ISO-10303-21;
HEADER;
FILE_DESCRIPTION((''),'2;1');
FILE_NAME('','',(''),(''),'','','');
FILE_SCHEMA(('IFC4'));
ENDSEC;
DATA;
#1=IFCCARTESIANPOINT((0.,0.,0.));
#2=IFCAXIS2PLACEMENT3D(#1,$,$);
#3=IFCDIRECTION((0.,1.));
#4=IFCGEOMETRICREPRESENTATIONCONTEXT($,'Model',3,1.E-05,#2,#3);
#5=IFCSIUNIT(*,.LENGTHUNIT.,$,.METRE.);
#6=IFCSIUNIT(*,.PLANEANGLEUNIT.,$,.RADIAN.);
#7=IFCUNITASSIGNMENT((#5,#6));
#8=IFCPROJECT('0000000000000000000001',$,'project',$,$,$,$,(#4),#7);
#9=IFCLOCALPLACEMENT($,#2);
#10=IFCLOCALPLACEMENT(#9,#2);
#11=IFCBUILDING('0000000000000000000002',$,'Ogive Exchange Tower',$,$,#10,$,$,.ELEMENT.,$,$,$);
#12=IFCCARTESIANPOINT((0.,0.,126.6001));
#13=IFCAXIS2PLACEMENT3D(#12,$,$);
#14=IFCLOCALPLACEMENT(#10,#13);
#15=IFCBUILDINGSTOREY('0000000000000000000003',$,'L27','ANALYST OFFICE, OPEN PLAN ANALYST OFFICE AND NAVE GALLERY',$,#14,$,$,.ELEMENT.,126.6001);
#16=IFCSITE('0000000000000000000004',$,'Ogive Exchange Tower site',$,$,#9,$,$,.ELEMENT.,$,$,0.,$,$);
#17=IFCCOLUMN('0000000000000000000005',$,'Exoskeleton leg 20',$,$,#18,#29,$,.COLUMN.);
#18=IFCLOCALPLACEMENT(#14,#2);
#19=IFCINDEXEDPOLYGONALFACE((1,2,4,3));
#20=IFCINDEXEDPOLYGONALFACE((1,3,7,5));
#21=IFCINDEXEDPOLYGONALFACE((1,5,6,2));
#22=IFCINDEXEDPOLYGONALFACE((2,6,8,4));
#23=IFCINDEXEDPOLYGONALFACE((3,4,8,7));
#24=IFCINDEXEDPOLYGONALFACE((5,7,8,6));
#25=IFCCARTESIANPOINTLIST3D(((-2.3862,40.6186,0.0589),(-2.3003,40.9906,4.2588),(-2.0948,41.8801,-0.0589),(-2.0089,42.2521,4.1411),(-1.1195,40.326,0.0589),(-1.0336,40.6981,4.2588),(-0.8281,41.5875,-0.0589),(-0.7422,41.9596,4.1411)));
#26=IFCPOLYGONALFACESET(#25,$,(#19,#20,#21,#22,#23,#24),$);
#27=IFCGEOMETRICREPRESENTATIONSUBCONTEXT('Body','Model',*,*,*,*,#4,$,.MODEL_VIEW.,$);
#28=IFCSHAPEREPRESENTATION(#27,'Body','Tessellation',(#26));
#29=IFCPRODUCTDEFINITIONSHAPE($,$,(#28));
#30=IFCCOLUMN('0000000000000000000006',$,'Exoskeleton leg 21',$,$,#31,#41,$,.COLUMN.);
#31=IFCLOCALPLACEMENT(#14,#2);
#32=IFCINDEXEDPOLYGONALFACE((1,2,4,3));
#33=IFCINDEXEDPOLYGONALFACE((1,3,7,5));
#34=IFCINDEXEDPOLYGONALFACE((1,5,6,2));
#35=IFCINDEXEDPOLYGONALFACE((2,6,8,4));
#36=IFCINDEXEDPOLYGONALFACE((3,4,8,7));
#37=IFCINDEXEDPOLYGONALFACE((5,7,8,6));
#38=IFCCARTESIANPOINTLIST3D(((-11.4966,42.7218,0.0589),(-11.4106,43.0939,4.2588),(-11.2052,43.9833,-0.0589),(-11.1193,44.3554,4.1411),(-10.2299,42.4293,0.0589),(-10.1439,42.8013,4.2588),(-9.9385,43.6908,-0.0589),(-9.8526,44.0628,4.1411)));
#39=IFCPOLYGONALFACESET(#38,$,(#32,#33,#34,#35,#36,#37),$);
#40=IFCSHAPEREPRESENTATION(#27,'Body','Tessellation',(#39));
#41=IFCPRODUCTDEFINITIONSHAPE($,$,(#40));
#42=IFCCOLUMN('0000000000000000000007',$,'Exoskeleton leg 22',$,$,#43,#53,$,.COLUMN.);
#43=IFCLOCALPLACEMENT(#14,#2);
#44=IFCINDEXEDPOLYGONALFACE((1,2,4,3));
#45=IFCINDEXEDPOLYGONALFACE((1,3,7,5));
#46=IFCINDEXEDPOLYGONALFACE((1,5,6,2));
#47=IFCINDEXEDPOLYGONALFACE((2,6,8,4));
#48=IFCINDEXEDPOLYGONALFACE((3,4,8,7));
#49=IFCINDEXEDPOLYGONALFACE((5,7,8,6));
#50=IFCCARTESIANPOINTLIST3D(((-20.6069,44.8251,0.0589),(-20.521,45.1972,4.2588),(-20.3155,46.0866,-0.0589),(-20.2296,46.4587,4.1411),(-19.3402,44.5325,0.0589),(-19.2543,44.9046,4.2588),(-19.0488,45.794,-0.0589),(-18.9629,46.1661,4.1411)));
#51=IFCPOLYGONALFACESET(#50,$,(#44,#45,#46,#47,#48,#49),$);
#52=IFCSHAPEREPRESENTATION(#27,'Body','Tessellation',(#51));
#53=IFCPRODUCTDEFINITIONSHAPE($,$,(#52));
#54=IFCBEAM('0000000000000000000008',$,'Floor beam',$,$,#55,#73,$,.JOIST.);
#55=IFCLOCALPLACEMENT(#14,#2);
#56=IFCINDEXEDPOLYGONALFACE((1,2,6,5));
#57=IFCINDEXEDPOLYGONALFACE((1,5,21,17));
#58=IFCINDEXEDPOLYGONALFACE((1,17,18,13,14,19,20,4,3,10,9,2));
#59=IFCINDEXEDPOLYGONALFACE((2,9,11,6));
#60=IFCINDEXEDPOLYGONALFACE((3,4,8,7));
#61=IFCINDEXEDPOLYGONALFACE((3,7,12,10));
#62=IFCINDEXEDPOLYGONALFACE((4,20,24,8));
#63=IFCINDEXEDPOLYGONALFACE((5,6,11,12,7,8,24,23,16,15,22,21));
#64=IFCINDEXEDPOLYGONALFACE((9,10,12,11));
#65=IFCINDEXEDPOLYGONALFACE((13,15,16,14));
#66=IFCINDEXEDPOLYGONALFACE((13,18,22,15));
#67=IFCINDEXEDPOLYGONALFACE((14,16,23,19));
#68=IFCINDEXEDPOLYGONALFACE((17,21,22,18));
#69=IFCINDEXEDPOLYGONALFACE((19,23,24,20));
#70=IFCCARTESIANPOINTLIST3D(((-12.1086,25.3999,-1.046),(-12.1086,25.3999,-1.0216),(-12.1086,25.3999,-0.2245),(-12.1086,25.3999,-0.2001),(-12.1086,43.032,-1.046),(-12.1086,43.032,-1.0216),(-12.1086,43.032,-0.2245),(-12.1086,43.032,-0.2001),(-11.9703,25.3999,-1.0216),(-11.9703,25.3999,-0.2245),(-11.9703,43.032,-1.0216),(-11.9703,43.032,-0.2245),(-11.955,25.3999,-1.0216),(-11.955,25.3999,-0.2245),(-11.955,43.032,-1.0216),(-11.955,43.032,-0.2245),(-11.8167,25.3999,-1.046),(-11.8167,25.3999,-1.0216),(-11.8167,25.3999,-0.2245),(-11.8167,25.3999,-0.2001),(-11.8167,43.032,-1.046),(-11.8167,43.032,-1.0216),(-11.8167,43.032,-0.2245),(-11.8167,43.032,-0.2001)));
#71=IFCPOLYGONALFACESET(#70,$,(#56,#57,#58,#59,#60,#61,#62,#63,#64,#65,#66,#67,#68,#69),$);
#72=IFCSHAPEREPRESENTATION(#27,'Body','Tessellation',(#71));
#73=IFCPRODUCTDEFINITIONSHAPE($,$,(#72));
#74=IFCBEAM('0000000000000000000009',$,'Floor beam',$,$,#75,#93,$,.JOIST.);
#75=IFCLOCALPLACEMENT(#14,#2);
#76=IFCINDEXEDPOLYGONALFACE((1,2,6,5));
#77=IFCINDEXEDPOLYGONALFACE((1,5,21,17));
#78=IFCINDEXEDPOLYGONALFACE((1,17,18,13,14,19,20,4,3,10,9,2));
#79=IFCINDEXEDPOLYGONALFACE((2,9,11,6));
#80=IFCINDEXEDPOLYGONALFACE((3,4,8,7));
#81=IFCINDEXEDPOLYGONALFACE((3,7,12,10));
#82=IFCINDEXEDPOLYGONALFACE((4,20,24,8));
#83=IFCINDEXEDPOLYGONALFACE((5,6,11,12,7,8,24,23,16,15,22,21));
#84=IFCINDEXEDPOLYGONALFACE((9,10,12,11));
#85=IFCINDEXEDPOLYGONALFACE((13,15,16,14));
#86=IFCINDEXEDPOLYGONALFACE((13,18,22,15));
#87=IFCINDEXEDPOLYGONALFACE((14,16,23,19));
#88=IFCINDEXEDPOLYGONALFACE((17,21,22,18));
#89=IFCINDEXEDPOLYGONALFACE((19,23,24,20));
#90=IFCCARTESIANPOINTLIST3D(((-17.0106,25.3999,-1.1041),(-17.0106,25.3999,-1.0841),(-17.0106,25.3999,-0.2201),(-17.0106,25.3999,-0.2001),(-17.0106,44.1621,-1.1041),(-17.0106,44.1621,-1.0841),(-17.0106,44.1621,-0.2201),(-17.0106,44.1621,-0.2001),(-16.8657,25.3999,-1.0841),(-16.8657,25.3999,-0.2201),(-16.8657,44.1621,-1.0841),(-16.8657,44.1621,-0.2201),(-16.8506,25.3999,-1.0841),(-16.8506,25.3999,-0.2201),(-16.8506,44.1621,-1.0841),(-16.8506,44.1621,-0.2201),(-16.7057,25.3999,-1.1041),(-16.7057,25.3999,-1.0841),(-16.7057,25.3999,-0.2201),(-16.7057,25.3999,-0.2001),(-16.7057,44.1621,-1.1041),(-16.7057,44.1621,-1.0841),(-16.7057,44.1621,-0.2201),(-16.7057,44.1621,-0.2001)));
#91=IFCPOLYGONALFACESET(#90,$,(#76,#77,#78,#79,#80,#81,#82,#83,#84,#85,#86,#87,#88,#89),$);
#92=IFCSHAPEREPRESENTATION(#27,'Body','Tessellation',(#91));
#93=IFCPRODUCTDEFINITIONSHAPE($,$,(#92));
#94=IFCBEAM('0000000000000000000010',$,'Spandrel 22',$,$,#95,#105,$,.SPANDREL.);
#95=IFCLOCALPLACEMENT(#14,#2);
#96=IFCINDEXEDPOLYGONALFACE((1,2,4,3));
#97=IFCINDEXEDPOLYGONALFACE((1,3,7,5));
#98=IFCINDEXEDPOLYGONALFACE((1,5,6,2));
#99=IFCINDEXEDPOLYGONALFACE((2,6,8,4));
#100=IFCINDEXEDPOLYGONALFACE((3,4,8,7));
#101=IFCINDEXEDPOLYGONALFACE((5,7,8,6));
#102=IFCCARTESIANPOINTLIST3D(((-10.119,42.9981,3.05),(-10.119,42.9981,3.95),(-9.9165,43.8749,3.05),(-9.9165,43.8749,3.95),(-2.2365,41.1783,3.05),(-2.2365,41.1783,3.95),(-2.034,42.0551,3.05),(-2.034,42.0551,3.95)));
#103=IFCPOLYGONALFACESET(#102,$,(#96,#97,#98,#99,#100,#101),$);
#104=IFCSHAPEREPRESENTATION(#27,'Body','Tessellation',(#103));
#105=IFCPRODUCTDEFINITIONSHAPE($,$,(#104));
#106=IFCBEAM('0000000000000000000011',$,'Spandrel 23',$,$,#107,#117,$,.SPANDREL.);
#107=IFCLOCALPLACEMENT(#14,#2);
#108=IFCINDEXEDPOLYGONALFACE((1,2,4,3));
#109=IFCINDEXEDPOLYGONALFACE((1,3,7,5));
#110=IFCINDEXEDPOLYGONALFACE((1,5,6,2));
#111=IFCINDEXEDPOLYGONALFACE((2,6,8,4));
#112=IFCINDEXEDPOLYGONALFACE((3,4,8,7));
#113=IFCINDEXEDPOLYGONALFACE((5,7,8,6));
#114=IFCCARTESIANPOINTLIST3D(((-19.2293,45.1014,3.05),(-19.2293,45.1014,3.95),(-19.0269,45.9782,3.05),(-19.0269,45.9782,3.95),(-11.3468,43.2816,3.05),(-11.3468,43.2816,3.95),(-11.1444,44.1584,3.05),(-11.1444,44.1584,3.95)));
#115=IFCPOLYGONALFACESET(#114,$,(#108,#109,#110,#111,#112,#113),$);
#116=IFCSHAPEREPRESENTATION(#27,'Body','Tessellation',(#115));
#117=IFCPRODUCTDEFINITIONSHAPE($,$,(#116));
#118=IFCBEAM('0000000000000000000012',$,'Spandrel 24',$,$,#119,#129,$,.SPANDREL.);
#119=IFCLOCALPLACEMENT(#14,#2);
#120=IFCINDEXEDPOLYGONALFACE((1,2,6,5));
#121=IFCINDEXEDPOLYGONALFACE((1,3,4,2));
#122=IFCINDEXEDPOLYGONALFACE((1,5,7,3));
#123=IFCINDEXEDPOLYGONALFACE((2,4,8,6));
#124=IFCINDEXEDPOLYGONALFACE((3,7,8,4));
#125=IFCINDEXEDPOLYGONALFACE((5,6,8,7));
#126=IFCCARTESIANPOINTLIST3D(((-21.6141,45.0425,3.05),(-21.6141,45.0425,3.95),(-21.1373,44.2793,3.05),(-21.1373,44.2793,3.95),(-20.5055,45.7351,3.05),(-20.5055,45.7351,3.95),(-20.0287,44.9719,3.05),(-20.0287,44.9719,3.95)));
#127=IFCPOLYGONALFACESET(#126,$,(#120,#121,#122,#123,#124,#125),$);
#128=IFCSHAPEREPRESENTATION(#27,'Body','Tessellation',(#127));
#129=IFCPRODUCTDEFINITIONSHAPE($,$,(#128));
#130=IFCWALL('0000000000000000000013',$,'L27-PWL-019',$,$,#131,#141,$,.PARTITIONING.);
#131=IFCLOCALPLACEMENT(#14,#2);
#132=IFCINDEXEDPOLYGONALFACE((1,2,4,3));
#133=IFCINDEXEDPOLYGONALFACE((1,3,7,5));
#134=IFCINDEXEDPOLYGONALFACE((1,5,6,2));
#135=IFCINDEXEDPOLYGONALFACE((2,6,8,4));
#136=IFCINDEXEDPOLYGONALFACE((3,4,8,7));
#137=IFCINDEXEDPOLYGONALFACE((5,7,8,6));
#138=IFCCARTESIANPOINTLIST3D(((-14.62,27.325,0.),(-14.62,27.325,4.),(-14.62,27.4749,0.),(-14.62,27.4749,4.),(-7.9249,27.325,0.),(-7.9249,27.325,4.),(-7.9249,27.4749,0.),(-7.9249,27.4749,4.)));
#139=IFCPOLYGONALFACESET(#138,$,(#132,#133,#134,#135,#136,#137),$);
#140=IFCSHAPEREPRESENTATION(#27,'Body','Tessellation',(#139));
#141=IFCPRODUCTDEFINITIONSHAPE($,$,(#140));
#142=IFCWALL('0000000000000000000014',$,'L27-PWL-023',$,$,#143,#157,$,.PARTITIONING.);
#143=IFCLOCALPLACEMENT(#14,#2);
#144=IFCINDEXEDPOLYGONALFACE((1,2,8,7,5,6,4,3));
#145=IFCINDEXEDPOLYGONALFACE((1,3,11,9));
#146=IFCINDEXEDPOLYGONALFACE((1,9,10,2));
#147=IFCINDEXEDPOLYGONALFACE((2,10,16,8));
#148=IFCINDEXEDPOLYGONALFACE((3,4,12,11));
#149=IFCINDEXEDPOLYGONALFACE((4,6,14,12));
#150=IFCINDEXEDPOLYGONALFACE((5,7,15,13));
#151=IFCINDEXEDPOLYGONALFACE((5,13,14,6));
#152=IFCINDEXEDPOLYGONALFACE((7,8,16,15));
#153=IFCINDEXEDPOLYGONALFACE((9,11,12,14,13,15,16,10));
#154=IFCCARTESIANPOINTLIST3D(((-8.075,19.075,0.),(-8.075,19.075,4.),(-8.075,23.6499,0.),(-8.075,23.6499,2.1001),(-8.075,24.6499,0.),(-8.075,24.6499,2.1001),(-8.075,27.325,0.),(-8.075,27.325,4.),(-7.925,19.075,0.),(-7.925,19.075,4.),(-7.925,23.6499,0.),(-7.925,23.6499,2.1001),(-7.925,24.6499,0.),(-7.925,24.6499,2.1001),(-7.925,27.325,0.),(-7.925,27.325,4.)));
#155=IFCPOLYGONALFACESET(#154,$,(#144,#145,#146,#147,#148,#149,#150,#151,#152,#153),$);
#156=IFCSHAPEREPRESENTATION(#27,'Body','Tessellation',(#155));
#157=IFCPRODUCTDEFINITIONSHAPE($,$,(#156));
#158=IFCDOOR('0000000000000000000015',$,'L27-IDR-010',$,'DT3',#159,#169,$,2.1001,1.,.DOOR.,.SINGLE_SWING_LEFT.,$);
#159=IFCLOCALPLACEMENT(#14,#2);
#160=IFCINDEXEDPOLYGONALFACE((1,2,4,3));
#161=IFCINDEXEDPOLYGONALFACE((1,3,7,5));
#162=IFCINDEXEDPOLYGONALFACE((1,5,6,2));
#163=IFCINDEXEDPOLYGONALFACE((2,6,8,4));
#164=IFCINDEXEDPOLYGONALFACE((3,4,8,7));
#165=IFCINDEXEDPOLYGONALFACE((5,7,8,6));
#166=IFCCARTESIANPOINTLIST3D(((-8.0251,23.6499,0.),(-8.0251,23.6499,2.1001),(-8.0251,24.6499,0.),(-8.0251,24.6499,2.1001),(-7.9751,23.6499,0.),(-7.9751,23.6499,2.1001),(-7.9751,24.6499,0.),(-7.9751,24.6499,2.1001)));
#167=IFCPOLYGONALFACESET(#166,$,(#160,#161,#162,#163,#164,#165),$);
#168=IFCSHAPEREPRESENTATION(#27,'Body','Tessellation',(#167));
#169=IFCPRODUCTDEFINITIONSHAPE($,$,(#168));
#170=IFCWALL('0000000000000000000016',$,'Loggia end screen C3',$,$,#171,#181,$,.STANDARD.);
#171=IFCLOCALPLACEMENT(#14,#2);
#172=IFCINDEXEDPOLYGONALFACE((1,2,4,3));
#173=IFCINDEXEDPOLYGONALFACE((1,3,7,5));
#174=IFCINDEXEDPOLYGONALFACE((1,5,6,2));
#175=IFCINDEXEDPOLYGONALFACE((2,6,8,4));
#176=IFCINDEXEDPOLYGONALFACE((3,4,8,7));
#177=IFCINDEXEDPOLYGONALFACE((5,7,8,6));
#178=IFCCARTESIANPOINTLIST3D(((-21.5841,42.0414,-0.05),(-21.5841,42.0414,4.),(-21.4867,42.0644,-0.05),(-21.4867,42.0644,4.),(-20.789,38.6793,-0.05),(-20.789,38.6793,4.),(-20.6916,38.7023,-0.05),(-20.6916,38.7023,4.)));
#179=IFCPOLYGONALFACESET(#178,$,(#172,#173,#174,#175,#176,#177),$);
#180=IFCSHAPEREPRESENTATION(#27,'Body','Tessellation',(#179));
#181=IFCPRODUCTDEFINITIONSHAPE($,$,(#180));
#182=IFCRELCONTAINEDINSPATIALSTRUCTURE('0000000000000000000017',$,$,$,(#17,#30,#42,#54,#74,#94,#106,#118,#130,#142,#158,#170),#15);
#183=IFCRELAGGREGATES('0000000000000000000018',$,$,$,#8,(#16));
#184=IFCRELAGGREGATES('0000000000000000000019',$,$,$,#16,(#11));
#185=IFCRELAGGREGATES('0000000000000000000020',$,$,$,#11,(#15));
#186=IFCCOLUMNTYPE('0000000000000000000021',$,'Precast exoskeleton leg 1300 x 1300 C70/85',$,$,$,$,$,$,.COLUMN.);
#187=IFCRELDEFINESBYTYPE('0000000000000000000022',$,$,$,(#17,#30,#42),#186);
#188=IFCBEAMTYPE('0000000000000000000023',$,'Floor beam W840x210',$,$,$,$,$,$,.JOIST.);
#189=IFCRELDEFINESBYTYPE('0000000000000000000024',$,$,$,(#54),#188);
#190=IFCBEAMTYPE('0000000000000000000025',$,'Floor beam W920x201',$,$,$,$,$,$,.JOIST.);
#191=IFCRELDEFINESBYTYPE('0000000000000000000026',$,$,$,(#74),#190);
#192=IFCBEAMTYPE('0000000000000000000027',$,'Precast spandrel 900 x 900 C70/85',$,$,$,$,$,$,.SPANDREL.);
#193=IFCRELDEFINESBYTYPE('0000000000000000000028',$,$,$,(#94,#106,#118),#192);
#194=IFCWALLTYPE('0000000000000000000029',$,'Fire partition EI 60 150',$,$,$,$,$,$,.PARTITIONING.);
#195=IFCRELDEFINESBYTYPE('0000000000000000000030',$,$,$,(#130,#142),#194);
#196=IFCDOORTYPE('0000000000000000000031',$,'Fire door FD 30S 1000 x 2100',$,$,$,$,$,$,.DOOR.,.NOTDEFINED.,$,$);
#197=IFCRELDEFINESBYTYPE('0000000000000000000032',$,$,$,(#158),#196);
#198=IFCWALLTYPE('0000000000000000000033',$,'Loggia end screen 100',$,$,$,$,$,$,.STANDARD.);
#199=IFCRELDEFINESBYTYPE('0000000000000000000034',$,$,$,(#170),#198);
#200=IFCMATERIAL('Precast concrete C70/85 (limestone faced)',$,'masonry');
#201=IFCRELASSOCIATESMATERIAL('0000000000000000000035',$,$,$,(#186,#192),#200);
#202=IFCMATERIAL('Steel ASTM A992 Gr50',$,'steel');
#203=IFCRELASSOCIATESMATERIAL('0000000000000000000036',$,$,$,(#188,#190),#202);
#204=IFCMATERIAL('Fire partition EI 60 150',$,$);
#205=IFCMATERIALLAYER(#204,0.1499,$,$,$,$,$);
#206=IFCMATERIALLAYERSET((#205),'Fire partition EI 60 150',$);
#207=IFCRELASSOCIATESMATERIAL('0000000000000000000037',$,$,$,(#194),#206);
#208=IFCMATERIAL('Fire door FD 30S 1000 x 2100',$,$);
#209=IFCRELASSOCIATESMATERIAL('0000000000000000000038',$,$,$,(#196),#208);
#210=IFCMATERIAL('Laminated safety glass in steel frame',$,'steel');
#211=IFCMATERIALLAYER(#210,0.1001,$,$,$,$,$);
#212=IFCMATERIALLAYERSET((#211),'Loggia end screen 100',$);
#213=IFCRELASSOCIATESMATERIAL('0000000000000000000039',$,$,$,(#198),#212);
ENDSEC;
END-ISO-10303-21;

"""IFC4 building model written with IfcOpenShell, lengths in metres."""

from ifc_helpers import new_model, si_unit, direction, frame, frame_2d, origin, origin_2d, place, context, subcontext, project, spatial, rectangle, i_section, extrude, material, layer, layer_set, material_profile, profile_set, type_object, element, fill, save


model = new_model("IFC4")

# Units and contexts
model_context = context("Model", 3, precision=1e-05, world=origin(), true_north=direction((0.0, 1.0)))
body_context = subcontext(model_context, "Body", "Model", "MODEL_VIEW")
ifc_project = project(units=[si_unit("LENGTHUNIT", "METRE"), si_unit("PLANEANGLEUNIT", "RADIAN")], contexts=[model_context])

# Site, building, storey
site_placement = place(None, origin())
site = spatial("IfcSite", under=ifc_project, at=site_placement, Name="Ogive Exchange Tower site", CompositionType="ELEMENT", RefElevation=0.0)
building_placement = place(site_placement, origin())
building = spatial("IfcBuilding", under=site, at=building_placement, Name="Ogive Exchange Tower", CompositionType="ELEMENT")
storey_placement = place(building_placement, frame((0.0, 0.0, 126.6001)))
storey = spatial("IfcBuildingStorey", under=building, at=storey_placement, Name="L27", Description="ANALYST OFFICE, OPEN PLAN ANALYST OFFICE AND NAVE GALLERY", CompositionType="ELEMENT", Elevation=126.6001)

# Columns
ifc_material_1 = material(Name="Precast concrete C70/85 (limestone faced)", Category="masonry")
ifc_material_profile_1 = material_profile(ifc_material_1, rectangle(XDim=1.3, YDim=1.3, at=origin_2d()), Name="1300 x 1300")
ifc_profile_set_1 = profile_set([ifc_material_profile_1], Name="Precast concrete C70/85 (limestone faced)")
column_type = type_object("IfcColumnType", Name="Precast exoskeleton leg 1300 x 1300 C70/85", PredefinedType="COLUMN", material=ifc_profile_set_1)
for number, where, z_axis, x_axis, name in (
    (1, (-1.6072, 41.103, 0.0), (0.020377, 0.088225, 0.995892), (-0.974348, 0.225046, 0.0), "Exoskeleton leg 20"),
    (2, (-10.7175, 43.2063, 0.0), (0.020377, 0.088225, 0.995892), (-0.974348, 0.225046, 0.0), "Exoskeleton leg 21"),
    (3, (-19.8279, 45.3096, 0.0), (0.020377, 0.088225, 0.995892), (-0.974348, 0.225046, 0.0), "Exoskeleton leg 22"),
):
    element("IfcColumn", number, at=place(storey_placement, frame(where, z_axis=z_axis, x_axis=x_axis)), inside=storey, type_object=column_type, Name=name, PredefinedType="COLUMN", context=body_context, shape_type="SweptSolid", body=[
        extrude(rectangle(XDim=1.3, YDim=1.3, at=origin_2d()), origin(), (0.0, 0.0, 1.0), 4.2173),
    ])

# Beams
ifc_material_2 = material(Name="Steel ASTM A992 Gr50", Category="steel")
ifc_material_profile_2 = material_profile(ifc_material_2, i_section(OverallWidth=0.292, OverallDepth=0.8459, WebThickness=0.0154, FlangeThickness=0.0244, at=origin_2d()), Name="W840x210")
ifc_profile_set_2 = profile_set([ifc_material_profile_2], Name="Steel ASTM A992 Gr50")
beam_type_1 = type_object("IfcBeamType", Name="Floor beam W840x210", PredefinedType="JOIST", material=ifc_profile_set_2)
beam_1_placement = place(storey_placement, frame((-11.9626, 25.3999, -0.623), z_axis=(0.0, 1.0, 0.0), x_axis=(-1.0, 0.0, 0.0)))
element("IfcBeam", 4, at=beam_1_placement, inside=storey, type_object=beam_type_1, Name="Floor beam", PredefinedType="JOIST", context=body_context, shape_type="SweptSolid", body=[
    extrude(i_section(OverallWidth=0.292, OverallDepth=0.8459, WebThickness=0.0154, FlangeThickness=0.0244, at=origin_2d()), origin(), (0.0, 0.0, 1.0), 17.6321),
])
ifc_material_profile_3 = material_profile(ifc_material_2, i_section(OverallWidth=0.3049, OverallDepth=0.9041, WebThickness=0.0151, FlangeThickness=0.02, at=origin_2d()), Name="W920x201")
ifc_profile_set_3 = profile_set([ifc_material_profile_3], Name="Steel ASTM A992 Gr50")
beam_type_2 = type_object("IfcBeamType", Name="Floor beam W920x201", PredefinedType="JOIST", material=ifc_profile_set_3)
beam_2_placement = place(storey_placement, frame((-16.8582, 25.3999, -0.6521), z_axis=(0.0, 1.0, 0.0), x_axis=(-1.0, 0.0, 0.0)))
element("IfcBeam", 5, at=beam_2_placement, inside=storey, type_object=beam_type_2, Name="Floor beam", PredefinedType="JOIST", context=body_context, shape_type="SweptSolid", body=[
    extrude(i_section(OverallWidth=0.3049, OverallDepth=0.9041, WebThickness=0.0151, FlangeThickness=0.02, at=origin_2d()), origin(), (0.0, 0.0, 1.0), 18.7622),
])
ifc_material_profile_4 = material_profile(ifc_material_1, rectangle(XDim=0.8999, YDim=0.8999, at=origin_2d()), Name="900 x 900")
ifc_profile_set_4 = profile_set([ifc_material_profile_4], Name="Precast concrete C70/85 (limestone faced)")
beam_type_3 = type_object("IfcBeamType", Name="Precast spandrel 900 x 900 C70/85", PredefinedType="SPANDREL", material=ifc_profile_set_4)
for number, where, z_axis, x_axis, name in (
    (6, (-2.1353, 41.6167, 3.5), (-0.97437, 0.22495, 0.0), (-0.22495, -0.97437, 0.0), "Spandrel 22"),
    (7, (-11.2456, 43.72, 3.5), (-0.97437, 0.22495, 0.0), (-0.22495, -0.97437, 0.0), "Spandrel 23"),
):
    element("IfcBeam", number, at=place(storey_placement, frame(where, z_axis=z_axis, x_axis=x_axis)), inside=storey, type_object=beam_type_3, Name=name, PredefinedType="SPANDREL", context=body_context, shape_type="SweptSolid", body=[
        extrude(rectangle(XDim=0.8999, YDim=0.8999, at=origin_2d()), origin(), (0.0, 0.0, 1.0), 8.0898),
    ])
beam_3_placement = place(storey_placement, frame((-20.2671, 45.3535, 3.5), z_axis=(-0.848093, -0.529848, 0.0), x_axis=(0.529848, -0.848093, 0.0)))
element("IfcBeam", 8, at=beam_3_placement, inside=storey, type_object=beam_type_3, Name="Spandrel 24", PredefinedType="SPANDREL", context=body_context, shape_type="SweptSolid", body=[
    extrude(rectangle(XDim=0.8999, YDim=0.8999, at=origin_2d()), origin(), (0.0, 0.0, 1.0), 1.3071),
])

# Wall
ifc_material_3 = material(Name="Fire partition EI 60 150")
ifc_layer_1 = layer(ifc_material_3, 0.1499)
ifc_layer_set_1 = layer_set([ifc_layer_1], Name="Fire partition EI 60 150")
wall_type_1 = type_object("IfcWallType", Name="Fire partition EI 60 150", PredefinedType="PARTITIONING", material=ifc_layer_set_1)
wall_1_placement = place(storey_placement, frame((-14.6201, 27.3999, 0.0), z_axis=(0.0, 0.0, 1.0), x_axis=(1.0, 0.0, 0.0)))
element("IfcWall", 9, at=wall_1_placement, inside=storey, type_object=wall_type_1, Name="L27-PWL-019", PredefinedType="PARTITIONING", context=body_context, shape_type="SweptSolid", body=[
    extrude(rectangle(XDim=6.6951, YDim=0.1499, at=frame_2d((3.3477, 0.0))), origin(), (0.0, 0.0, 1.0), 4.0),
])

# Wall, opening, door
wall_2_placement = place(storey_placement, frame((-8.0, 27.325, 0.0), z_axis=(0.0, 0.0, 1.0), x_axis=(0.0, -1.0, 0.0)))
wall_2 = element("IfcWall", 10, at=wall_2_placement, inside=storey, type_object=wall_type_1, Name="L27-PWL-023", PredefinedType="PARTITIONING", context=body_context, shape_type="SweptSolid", body=[
    extrude(rectangle(XDim=8.25, YDim=0.1499, at=frame_2d((4.125, 0.0))), origin(), (0.0, 0.0, 1.0), 4.0),
])
opening_1_placement = place(wall_2_placement, frame((2.675, 0.0, 0.0)))
opening_1 = element("IfcOpeningElement", 11, at=opening_1_placement, cuts=wall_2, PredefinedType="OPENING", context=body_context, shape_type="SweptSolid", body=[
    extrude(rectangle(XDim=1.0, YDim=2.1001, at=frame_2d((0.5, 1.05))), frame((0.0, 0.085, 0.0), z_axis=(0.0, -1.0, 0.0), x_axis=(1.0, 0.0, 0.0)), (0.0, 0.0, 1.0), 0.1699),
])
ifc_material_4 = material(Name="Fire door FD 30S 1000 x 2100")
door_type_1 = type_object("IfcDoorType", Name="Fire door FD 30S 1000 x 2100", OperationType="NOTDEFINED", PredefinedType="DOOR", material=ifc_material_4)
door_1_placement = place(opening_1_placement, origin())
door_1 = element("IfcDoor", 12, at=door_1_placement, inside=storey, type_object=door_type_1, Name="L27-IDR-010", ObjectType="DT3", OperationType="SINGLE_SWING_LEFT", OverallHeight=2.1001, OverallWidth=1.0, PredefinedType="DOOR", context=body_context, shape_type="SweptSolid", body=[
    extrude(rectangle(XDim=1.0, YDim=2.1001, at=frame_2d((0.5, 1.05))), frame((0.0, 0.0249, 0.0), z_axis=(0.0, -1.0, 0.0), x_axis=(1.0, 0.0, 0.0)), (0.0, 0.0, 1.0), 0.05),
])
fill(opening_1, door_1)

# Wall
ifc_material_5 = material(Name="Laminated safety glass in steel frame", Category="steel")
ifc_layer_2 = layer(ifc_material_5, 0.1001)
ifc_layer_set_2 = layer_set([ifc_layer_2], Name="Loggia end screen 100")
wall_type_2 = type_object("IfcWallType", Name="Loggia end screen 100", PredefinedType="STANDARD", material=ifc_layer_set_2)
wall_3_placement = place(storey_placement, frame((-20.7402, 38.6907, -0.05), z_axis=(0.0, 0.0, 1.0), x_axis=(-0.230162, 0.973152, 0.0)))
element("IfcWall", 13, at=wall_3_placement, inside=storey, type_object=wall_type_2, Name="Loggia end screen C3", PredefinedType="STANDARD", context=body_context, shape_type="SweptSolid", body=[
    extrude(rectangle(XDim=3.4548, YDim=0.1001, at=frame_2d((1.7275, 0.0))), origin(), (0.0, 0.0, 1.0), 4.05),
])

save(model, "model.ifc")
